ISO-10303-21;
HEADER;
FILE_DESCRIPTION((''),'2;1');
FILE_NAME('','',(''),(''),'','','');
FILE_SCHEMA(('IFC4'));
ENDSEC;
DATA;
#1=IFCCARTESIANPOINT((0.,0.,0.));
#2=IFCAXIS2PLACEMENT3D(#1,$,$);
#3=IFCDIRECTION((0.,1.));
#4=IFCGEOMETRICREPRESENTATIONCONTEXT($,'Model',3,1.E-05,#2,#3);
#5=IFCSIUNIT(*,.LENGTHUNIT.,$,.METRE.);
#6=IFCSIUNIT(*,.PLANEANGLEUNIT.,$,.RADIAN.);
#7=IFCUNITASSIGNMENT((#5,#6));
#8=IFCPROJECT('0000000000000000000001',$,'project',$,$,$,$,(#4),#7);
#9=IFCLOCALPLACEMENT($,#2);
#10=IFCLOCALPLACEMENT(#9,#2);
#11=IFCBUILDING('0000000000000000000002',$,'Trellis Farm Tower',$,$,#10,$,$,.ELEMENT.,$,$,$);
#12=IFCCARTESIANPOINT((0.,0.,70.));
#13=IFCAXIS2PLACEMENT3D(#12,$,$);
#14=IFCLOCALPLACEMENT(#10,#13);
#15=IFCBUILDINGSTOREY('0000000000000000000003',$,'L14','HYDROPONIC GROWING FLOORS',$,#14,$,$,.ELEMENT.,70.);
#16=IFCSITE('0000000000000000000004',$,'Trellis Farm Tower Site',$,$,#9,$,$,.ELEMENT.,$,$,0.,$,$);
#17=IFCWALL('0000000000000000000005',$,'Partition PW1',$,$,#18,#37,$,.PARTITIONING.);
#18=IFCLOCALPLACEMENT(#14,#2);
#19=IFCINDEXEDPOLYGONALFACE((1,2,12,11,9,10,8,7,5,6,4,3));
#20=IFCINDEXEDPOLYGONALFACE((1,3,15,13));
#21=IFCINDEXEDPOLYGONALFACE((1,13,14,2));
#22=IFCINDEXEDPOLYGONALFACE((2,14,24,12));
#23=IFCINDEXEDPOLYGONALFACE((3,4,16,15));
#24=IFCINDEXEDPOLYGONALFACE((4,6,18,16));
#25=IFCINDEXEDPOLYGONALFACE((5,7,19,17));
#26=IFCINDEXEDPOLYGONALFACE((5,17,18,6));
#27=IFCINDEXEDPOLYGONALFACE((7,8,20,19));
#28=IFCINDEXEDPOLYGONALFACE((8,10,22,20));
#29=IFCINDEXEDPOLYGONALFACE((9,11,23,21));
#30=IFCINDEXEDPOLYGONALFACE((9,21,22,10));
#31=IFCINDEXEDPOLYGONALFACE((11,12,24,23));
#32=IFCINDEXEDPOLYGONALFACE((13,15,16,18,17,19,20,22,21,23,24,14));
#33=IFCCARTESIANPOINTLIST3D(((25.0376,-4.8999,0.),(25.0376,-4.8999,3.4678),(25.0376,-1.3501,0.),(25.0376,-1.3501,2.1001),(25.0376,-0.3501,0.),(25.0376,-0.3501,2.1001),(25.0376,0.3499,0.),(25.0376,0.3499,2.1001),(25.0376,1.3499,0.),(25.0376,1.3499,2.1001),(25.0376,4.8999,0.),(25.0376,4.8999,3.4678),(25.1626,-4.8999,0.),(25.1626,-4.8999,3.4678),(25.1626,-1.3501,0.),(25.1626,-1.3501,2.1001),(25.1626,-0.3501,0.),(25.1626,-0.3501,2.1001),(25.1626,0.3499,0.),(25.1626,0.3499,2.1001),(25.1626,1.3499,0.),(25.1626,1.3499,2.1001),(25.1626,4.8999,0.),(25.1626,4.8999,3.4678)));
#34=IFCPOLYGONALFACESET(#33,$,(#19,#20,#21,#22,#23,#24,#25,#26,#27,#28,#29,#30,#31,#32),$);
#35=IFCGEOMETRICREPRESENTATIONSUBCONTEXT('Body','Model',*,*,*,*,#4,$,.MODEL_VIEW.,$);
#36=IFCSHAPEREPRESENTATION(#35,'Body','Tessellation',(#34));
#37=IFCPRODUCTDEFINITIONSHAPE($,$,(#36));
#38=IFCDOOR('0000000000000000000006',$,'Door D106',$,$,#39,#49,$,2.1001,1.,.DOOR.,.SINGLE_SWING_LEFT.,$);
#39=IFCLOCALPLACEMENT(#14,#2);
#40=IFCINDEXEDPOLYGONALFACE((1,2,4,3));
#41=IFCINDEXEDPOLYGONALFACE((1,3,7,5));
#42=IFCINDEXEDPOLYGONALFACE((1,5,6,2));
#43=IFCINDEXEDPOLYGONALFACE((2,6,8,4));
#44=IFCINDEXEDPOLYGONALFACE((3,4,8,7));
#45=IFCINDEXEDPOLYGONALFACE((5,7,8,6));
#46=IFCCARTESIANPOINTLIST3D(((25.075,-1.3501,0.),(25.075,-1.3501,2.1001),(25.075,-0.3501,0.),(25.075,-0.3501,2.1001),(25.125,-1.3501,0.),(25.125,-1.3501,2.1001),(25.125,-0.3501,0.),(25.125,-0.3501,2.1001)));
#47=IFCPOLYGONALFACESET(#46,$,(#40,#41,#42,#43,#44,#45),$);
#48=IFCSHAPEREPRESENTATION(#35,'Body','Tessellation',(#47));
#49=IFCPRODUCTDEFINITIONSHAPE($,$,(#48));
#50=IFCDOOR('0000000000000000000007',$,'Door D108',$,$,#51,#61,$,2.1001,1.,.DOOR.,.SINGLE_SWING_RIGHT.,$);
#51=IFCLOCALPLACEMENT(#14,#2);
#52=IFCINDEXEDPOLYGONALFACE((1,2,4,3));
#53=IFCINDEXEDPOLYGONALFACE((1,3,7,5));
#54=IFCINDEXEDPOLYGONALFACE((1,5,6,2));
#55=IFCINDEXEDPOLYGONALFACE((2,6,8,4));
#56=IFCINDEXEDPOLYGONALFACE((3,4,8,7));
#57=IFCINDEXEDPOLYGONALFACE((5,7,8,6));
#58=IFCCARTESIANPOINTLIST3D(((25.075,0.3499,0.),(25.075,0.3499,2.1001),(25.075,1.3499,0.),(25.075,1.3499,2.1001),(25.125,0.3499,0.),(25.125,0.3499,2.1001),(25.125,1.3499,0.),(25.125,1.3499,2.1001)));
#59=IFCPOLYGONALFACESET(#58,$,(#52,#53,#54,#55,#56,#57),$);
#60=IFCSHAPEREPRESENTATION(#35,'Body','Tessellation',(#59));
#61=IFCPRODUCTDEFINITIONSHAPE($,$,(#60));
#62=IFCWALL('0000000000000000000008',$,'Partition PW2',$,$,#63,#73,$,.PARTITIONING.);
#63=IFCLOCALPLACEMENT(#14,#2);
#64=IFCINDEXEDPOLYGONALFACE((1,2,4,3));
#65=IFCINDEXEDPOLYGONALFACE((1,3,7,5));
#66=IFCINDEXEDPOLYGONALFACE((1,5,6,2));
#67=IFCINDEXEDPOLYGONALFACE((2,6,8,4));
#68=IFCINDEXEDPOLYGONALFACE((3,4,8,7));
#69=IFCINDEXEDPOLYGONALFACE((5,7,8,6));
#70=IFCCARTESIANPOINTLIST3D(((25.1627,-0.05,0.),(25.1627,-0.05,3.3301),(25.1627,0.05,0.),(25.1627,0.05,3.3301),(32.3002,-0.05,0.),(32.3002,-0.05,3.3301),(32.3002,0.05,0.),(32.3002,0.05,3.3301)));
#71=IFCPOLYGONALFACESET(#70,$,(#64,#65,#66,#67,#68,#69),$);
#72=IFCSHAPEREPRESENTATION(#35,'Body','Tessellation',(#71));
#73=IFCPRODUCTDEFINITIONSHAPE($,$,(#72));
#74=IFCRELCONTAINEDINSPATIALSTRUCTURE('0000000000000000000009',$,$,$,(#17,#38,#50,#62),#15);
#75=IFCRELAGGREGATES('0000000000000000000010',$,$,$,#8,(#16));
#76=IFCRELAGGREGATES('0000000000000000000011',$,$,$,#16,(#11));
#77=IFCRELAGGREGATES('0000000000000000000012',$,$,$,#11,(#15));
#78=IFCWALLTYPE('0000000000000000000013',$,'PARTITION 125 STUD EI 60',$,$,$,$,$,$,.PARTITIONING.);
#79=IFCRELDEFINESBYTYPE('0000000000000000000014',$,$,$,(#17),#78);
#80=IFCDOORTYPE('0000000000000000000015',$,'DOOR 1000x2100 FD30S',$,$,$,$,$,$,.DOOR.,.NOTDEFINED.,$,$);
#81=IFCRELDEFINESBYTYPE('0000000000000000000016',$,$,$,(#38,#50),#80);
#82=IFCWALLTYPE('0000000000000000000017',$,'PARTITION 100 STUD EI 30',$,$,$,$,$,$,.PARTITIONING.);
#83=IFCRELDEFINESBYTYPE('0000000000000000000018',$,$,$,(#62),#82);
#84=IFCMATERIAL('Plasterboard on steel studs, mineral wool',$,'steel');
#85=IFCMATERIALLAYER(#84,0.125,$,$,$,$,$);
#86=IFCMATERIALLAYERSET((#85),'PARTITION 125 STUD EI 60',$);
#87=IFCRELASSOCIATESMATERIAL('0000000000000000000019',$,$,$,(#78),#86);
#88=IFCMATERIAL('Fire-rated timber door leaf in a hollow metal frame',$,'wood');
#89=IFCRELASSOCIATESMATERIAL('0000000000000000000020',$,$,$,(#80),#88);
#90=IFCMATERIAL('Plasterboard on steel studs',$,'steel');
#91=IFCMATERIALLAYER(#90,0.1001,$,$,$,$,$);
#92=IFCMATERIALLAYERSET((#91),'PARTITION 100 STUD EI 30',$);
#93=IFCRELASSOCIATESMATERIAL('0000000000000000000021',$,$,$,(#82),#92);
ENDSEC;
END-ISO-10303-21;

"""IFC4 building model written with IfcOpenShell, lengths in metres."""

from ifc_helpers import new_model, si_unit, direction, frame, frame_2d, origin, place, context, subcontext, project, spatial, rectangle, extrude, source, transform, mapped, material, layer, layer_set, type_object, element, fill, save


model = new_model("IFC4")

# Units and contexts
model_context = context("Model", 3, precision=1e-05, world=origin(), true_north=direction((0.0, 1.0)))
body_context = subcontext(model_context, "Body", "Model", "MODEL_VIEW")
ifc_project = project(units=[si_unit("LENGTHUNIT", "METRE"), si_unit("PLANEANGLEUNIT", "RADIAN")], contexts=[model_context])

# Site, building, storey
site_placement = place(None, origin())
site = spatial("IfcSite", under=ifc_project, at=site_placement, Name="Trellis Farm Tower Site", CompositionType="ELEMENT", RefElevation=0.0)
building_placement = place(site_placement, origin())
building = spatial("IfcBuilding", under=site, at=building_placement, Name="Trellis Farm Tower", CompositionType="ELEMENT")
storey_placement = place(building_placement, frame((0.0, 0.0, 70.0)))
storey = spatial("IfcBuildingStorey", under=building, at=storey_placement, Name="L14", Description="HYDROPONIC GROWING FLOORS", CompositionType="ELEMENT", Elevation=70.0)

# Wall, openings, doors
ifc_material_1 = material(Name="Plasterboard on steel studs, mineral wool", Category="steel")
ifc_layer_1 = layer(ifc_material_1, 0.125)
ifc_layer_set_1 = layer_set([ifc_layer_1], Name="PARTITION 125 STUD EI 60")
wall_type_1 = type_object("IfcWallType", Name="PARTITION 125 STUD EI 60", PredefinedType="PARTITIONING", material=ifc_layer_set_1)
shared_shape_1 = source(origin(), body_context, "Body", "SweptSolid", [
    extrude(rectangle(XDim=9.7998, YDim=0.125, at=frame_2d((4.8999, 0.0))), origin(), (0.0, 0.0, 1.0), 3.4678),
])
wall_1_placement = place(storey_placement, frame((25.1001, 4.8999, 0.0), z_axis=(0.0, 0.0, 1.0), x_axis=(0.0, -1.0, 0.0)))
wall_1 = element("IfcWall", 1, at=wall_1_placement, inside=storey, type_object=wall_type_1, Name="Partition PW1", PredefinedType="PARTITIONING", context=body_context, shape_type="MappedRepresentation", body=[
    mapped(shared_shape_1, transform((0.0, 0.0, 0.0))),
])
shared_shape_2 = source(origin(), body_context, "Body", "SweptSolid", [
    extrude(rectangle(XDim=1.0, YDim=2.1001, at=frame_2d((0.5, 1.05))), frame((0.0, 0.0725, 0.0), z_axis=(0.0, -1.0, 0.0), x_axis=(1.0, 0.0, 0.0)), (0.0, 0.0, 1.0), 0.145),
])
opening_1_placement = place(wall_1_placement, frame((5.25, 0.0, 0.0)))
opening_1 = element("IfcOpeningElement", 2, at=opening_1_placement, cuts=wall_1, PredefinedType="OPENING", context=body_context, shape_type="MappedRepresentation", body=[
    mapped(shared_shape_2, transform((0.0, 0.0, 0.0))),
])
opening_2_placement = place(wall_1_placement, frame((3.55, 0.0, 0.0)))
opening_2 = element("IfcOpeningElement", 3, at=opening_2_placement, cuts=wall_1, PredefinedType="OPENING", context=body_context, shape_type="MappedRepresentation", body=[
    mapped(shared_shape_2, transform((0.0, 0.0, 0.0))),
])
ifc_material_2 = material(Name="Fire-rated timber door leaf in a hollow metal frame", Category="wood")
door_type_1 = type_object("IfcDoorType", Name="DOOR 1000x2100 FD30S", OperationType="NOTDEFINED", PredefinedType="DOOR", material=ifc_material_2)
shared_shape_3 = source(origin(), body_context, "Body", "SweptSolid", [
    extrude(rectangle(XDim=1.0, YDim=2.1001, at=frame_2d((0.5, 1.05))), frame((0.0, 0.0249, 0.0), z_axis=(0.0, -1.0, 0.0), x_axis=(1.0, 0.0, 0.0)), (0.0, 0.0, 1.0), 0.05),
])
door_1_placement = place(opening_1_placement, origin())
door_1 = element("IfcDoor", 4, at=door_1_placement, inside=storey, type_object=door_type_1, Name="Door D106", OperationType="SINGLE_SWING_LEFT", OverallHeight=2.1001, OverallWidth=1.0, PredefinedType="DOOR", context=body_context, shape_type="MappedRepresentation", body=[
    mapped(shared_shape_3, transform((0.0, 0.0, 0.0))),
])
fill(opening_1, door_1)
door_2_placement = place(opening_2_placement, origin())
door_2 = element("IfcDoor", 5, at=door_2_placement, inside=storey, type_object=door_type_1, Name="Door D108", OperationType="SINGLE_SWING_RIGHT", OverallHeight=2.1001, OverallWidth=1.0, PredefinedType="DOOR", context=body_context, shape_type="MappedRepresentation", body=[
    mapped(shared_shape_3, transform((0.0, 0.0, 0.0))),
])
fill(opening_2, door_2)

# Wall
ifc_material_3 = material(Name="Plasterboard on steel studs", Category="steel")
ifc_layer_2 = layer(ifc_material_3, 0.1001)
ifc_layer_set_2 = layer_set([ifc_layer_2], Name="PARTITION 100 STUD EI 30")
wall_type_2 = type_object("IfcWallType", Name="PARTITION 100 STUD EI 30", PredefinedType="PARTITIONING", material=ifc_layer_set_2)
shared_shape_4 = source(origin(), body_context, "Body", "SweptSolid", [
    extrude(rectangle(XDim=7.1375, YDim=0.1001, at=frame_2d((3.5688, 0.0))), origin(), (0.0, 0.0, 1.0), 3.3301),
])
wall_2_placement = place(storey_placement, frame((25.1626, 0.0, 0.0), z_axis=(0.0, 0.0, 1.0), x_axis=(1.0, 0.0, 0.0)))
element("IfcWall", 6, at=wall_2_placement, inside=storey, type_object=wall_type_2, Name="Partition PW2", PredefinedType="PARTITIONING", context=body_context, shape_type="MappedRepresentation", body=[
    mapped(shared_shape_4, transform((0.0, 0.0, 0.0))),
])

save(model, "model.ifc")
